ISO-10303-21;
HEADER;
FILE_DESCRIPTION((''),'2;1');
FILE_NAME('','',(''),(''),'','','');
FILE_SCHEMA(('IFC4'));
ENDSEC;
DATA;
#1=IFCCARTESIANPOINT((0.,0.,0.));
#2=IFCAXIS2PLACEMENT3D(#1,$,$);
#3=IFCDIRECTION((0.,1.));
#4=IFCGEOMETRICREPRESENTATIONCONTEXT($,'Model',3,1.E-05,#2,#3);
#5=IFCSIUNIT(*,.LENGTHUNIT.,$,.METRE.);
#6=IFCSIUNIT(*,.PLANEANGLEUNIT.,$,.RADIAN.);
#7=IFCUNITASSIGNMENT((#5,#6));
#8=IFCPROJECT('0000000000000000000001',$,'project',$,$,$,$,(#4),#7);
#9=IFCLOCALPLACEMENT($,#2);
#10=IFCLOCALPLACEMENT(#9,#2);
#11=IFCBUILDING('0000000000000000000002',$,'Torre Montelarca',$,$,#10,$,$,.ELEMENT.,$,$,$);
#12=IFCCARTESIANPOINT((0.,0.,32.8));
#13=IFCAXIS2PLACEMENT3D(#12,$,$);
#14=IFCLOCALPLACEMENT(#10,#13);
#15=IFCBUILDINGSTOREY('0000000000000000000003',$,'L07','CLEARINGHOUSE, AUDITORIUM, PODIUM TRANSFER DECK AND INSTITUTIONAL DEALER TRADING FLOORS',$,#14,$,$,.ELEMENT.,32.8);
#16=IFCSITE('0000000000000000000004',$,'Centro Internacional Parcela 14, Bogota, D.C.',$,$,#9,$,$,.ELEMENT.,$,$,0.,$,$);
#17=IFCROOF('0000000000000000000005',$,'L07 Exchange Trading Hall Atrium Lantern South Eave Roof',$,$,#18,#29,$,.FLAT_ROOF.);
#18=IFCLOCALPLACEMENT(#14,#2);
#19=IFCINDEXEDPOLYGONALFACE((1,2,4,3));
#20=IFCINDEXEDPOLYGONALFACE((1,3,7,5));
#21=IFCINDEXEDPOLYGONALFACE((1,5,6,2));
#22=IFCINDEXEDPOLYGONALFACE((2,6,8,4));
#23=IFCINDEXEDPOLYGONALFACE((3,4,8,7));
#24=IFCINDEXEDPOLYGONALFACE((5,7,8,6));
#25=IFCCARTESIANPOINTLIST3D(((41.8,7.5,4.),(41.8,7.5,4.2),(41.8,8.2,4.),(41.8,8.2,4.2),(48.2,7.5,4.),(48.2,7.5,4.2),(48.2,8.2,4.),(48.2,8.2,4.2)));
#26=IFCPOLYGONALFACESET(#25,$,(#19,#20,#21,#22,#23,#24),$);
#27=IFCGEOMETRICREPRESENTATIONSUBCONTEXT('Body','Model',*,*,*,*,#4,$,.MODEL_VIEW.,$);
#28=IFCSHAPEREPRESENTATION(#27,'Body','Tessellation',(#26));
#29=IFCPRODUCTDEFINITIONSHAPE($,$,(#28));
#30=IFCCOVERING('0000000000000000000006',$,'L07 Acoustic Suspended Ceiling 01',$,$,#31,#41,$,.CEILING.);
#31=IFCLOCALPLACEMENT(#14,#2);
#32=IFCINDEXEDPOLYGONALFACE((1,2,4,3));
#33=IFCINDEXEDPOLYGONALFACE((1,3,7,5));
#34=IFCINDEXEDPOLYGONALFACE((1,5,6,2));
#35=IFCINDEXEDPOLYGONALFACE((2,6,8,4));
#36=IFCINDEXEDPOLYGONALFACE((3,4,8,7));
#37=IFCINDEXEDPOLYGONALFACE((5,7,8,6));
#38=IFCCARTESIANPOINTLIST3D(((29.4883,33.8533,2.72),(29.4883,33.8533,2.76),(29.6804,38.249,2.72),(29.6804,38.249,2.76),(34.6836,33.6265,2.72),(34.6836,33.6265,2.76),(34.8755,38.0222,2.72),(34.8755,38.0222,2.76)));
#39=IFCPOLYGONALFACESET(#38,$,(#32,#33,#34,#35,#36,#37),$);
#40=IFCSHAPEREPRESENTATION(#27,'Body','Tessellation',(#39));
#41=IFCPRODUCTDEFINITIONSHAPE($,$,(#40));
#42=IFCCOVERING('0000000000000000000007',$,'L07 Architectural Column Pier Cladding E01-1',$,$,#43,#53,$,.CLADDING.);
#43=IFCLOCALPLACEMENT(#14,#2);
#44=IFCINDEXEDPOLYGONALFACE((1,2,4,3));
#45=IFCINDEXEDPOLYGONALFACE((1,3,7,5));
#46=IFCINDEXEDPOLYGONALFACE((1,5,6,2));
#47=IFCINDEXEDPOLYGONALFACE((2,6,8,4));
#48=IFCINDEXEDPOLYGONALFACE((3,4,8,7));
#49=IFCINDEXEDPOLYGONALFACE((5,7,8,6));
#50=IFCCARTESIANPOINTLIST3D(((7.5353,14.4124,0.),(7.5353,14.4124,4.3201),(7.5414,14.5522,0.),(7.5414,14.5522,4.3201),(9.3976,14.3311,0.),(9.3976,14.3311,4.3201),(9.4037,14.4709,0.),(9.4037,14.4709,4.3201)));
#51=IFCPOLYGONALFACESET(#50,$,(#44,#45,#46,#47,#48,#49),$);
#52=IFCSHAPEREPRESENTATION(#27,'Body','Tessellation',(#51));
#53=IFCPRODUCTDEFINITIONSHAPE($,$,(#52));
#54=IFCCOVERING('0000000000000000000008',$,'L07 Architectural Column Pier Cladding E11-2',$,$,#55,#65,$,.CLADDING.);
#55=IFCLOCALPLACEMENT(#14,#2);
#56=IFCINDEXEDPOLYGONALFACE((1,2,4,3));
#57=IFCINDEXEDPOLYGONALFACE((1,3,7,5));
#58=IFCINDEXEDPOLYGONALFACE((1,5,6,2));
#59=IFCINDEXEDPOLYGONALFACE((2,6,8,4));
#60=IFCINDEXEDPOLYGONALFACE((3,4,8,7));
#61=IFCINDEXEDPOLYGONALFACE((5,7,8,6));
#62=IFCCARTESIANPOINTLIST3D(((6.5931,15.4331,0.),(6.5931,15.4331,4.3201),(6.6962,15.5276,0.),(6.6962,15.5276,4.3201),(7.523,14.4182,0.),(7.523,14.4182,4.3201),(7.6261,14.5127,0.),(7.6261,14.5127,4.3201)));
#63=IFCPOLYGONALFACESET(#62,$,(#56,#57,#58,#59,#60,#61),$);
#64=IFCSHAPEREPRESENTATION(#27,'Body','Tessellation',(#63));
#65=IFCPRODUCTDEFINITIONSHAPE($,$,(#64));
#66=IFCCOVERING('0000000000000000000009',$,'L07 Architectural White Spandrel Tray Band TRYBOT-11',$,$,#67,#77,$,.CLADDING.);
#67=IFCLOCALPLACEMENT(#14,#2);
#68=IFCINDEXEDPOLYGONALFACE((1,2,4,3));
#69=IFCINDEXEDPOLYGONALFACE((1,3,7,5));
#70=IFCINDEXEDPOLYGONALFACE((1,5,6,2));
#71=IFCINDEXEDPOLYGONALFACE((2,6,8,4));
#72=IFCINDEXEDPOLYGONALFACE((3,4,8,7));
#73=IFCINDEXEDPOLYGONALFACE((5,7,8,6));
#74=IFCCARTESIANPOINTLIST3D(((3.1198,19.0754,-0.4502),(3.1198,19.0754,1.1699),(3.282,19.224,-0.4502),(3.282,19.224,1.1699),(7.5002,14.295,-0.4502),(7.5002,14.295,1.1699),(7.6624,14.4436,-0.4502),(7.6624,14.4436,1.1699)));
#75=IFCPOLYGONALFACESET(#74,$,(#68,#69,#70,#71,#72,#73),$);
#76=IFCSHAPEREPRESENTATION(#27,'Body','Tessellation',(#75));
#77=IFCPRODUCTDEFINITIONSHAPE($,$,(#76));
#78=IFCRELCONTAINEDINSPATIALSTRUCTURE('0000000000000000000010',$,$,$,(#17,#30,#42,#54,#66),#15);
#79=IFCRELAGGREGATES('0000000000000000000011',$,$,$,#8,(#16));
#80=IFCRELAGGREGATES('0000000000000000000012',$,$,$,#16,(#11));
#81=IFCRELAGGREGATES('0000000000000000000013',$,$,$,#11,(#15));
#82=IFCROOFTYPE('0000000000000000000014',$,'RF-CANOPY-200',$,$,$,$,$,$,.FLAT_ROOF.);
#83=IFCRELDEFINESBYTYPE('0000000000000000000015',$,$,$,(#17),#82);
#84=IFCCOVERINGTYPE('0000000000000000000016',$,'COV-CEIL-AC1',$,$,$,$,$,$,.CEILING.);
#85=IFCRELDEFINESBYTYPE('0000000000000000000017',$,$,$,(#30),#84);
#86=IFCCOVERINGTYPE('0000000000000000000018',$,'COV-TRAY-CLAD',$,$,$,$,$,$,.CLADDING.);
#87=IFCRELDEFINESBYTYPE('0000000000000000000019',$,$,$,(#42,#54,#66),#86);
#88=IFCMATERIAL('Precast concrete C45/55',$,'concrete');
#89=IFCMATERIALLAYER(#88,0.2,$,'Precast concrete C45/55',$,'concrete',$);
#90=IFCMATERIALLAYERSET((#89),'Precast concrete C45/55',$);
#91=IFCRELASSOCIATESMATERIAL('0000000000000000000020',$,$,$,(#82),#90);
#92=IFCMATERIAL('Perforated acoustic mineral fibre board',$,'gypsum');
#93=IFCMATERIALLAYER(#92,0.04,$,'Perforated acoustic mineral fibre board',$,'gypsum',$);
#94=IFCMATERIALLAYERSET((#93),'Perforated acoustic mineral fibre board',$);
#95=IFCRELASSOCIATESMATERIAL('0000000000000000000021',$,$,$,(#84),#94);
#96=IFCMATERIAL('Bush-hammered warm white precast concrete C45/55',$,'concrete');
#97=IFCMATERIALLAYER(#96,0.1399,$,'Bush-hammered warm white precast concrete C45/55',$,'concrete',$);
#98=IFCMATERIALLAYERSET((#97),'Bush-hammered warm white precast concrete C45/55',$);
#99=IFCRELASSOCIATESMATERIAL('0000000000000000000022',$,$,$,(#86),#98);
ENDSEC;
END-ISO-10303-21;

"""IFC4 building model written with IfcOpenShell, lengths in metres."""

from ifc_helpers import new_model, si_unit, direction, frame, origin, origin_2d, place, context, subcontext, project, spatial, polyline, rectangle, outline, extrude, source, transform, mapped, material, layer, layer_set, type_object, element, save


model = new_model("IFC4")

# Units and contexts
model_context = context("Model", 3, precision=1e-05, world=origin(), true_north=direction((0.0, 1.0)))
body_context = subcontext(model_context, "Body", "Model", "MODEL_VIEW")
ifc_project = project(units=[si_unit("LENGTHUNIT", "METRE"), si_unit("PLANEANGLEUNIT", "RADIAN")], contexts=[model_context])

# Site, building, storey
site_placement = place(None, origin())
site = spatial("IfcSite", under=ifc_project, at=site_placement, Name="Centro Internacional Parcela 14, Bogota, D.C.", CompositionType="ELEMENT", RefElevation=0.0)
building_placement = place(site_placement, origin())
building = spatial("IfcBuilding", under=site, at=building_placement, Name="Torre Montelarca", CompositionType="ELEMENT")
storey_placement = place(building_placement, frame((0.0, 0.0, 32.8)))
storey = spatial("IfcBuildingStorey", under=building, at=storey_placement, Name="L07", Description="CLEARINGHOUSE, AUDITORIUM, PODIUM TRANSFER DECK AND INSTITUTIONAL DEALER TRADING FLOORS", CompositionType="ELEMENT", Elevation=32.8)

# Roof
ifc_material_1 = material(Name="Precast concrete C45/55", Category="concrete")
ifc_layer_1 = layer(ifc_material_1, 0.2, Name="Precast concrete C45/55", Category="concrete")
ifc_layer_set_1 = layer_set([ifc_layer_1], Name="Precast concrete C45/55")
roof_type = type_object("IfcRoofType", Name="RF-CANOPY-200", PredefinedType="FLAT_ROOF", material=ifc_layer_set_1)
roof_placement = place(storey_placement, frame((0.0, 0.0, 4.0)))
element("IfcRoof", 1, at=roof_placement, inside=storey, type_object=roof_type, Name="L07 Exchange Trading Hall Atrium Lantern South Eave Roof", PredefinedType="FLAT_ROOF", context=body_context, shape_type="SweptSolid", body=[
    extrude(outline(polyline([(41.8, 7.5), (48.2, 7.5), (48.2, 8.2), (41.8, 8.2), (41.8, 7.5)])), origin(), (0.0, 0.0, 1.0), 0.2),
])

# Coverings
ifc_material_2 = material(Name="Perforated acoustic mineral fibre board", Category="gypsum")
ifc_layer_2 = layer(ifc_material_2, 0.04, Name="Perforated acoustic mineral fibre board", Category="gypsum")
ifc_layer_set_2 = layer_set([ifc_layer_2], Name="Perforated acoustic mineral fibre board")
covering_type_1 = type_object("IfcCoveringType", Name="COV-CEIL-AC1", PredefinedType="CEILING", material=ifc_layer_set_2)
covering_1_placement = place(storey_placement, frame((0.0, 0.0, 2.72)))
element("IfcCovering", 2, at=covering_1_placement, inside=storey, type_object=covering_type_1, Name="L07 Acoustic Suspended Ceiling 01", PredefinedType="CEILING", context=body_context, shape_type="SweptSolid", body=[
    extrude(outline(polyline([(29.4883, 33.8533), (34.6836, 33.6265), (34.8755, 38.0222), (29.6804, 38.249), (29.4883, 33.8533)])), origin(), (0.0, 0.0, 1.0), 0.04),
])
ifc_material_3 = material(Name="Bush-hammered warm white precast concrete C45/55", Category="concrete")
ifc_layer_3 = layer(ifc_material_3, 0.1399, Name="Bush-hammered warm white precast concrete C45/55", Category="concrete")
ifc_layer_set_3 = layer_set([ifc_layer_3], Name="Bush-hammered warm white precast concrete C45/55")
covering_type_2 = type_object("IfcCoveringType", Name="COV-TRAY-CLAD", PredefinedType="CLADDING", material=ifc_layer_set_3)
shared_shape_1 = source(origin(), body_context, "Body", "SweptSolid", [
    extrude(rectangle(XDim=1.864, YDim=0.1399, at=origin_2d()), origin(), (0.0, 0.0, 1.0), 4.3201),
])
covering_2_placement = place(storey_placement, frame((8.4695, 14.4417, 0.0), z_axis=(0.0, 0.0, 1.0), x_axis=(0.999048, -0.043619, 0.0)))
element("IfcCovering", 3, at=covering_2_placement, inside=storey, type_object=covering_type_2, Name="L07 Architectural Column Pier Cladding E01-1", PredefinedType="CLADDING", context=body_context, shape_type="MappedRepresentation", body=[
    mapped(shared_shape_1, transform((0.0, 0.0, 0.0), scale=1.0)),
])
shared_shape_2 = source(origin(), body_context, "Body", "SweptSolid", [
    extrude(rectangle(XDim=1.3765, YDim=0.1399, at=origin_2d()), origin(), (0.0, 0.0, 1.0), 4.3201),
])
covering_3_placement = place(storey_placement, frame((7.1096, 14.9729, 0.0), z_axis=(0.0, 0.0, 1.0), x_axis=(0.675586, -0.737281, 0.0)))
element("IfcCovering", 4, at=covering_3_placement, inside=storey, type_object=covering_type_2, Name="L07 Architectural Column Pier Cladding E11-2", PredefinedType="CLADDING", context=body_context, shape_type="MappedRepresentation", body=[
    mapped(shared_shape_2, transform((0.0, 0.0, 0.0), scale=1.0)),
])
shared_shape_3 = source(origin(), body_context, "Body", "SweptSolid", [
    extrude(rectangle(XDim=6.4839, YDim=0.22, at=origin_2d()), origin(), (0.0, 0.0, 1.0), 1.6201),
])
covering_4_placement = place(storey_placement, frame((5.3911, 16.7595, -0.4502), z_axis=(0.0, 0.0, 1.0), x_axis=(0.675588, -0.73728, 0.0)))
element("IfcCovering", 5, at=covering_4_placement, inside=storey, type_object=covering_type_2, Name="L07 Architectural White Spandrel Tray Band TRYBOT-11", PredefinedType="CLADDING", context=body_context, shape_type="MappedRepresentation", body=[
    mapped(shared_shape_3, transform((0.0, 0.0, 0.0), scale=1.0)),
])

save(model, "model.ifc")
